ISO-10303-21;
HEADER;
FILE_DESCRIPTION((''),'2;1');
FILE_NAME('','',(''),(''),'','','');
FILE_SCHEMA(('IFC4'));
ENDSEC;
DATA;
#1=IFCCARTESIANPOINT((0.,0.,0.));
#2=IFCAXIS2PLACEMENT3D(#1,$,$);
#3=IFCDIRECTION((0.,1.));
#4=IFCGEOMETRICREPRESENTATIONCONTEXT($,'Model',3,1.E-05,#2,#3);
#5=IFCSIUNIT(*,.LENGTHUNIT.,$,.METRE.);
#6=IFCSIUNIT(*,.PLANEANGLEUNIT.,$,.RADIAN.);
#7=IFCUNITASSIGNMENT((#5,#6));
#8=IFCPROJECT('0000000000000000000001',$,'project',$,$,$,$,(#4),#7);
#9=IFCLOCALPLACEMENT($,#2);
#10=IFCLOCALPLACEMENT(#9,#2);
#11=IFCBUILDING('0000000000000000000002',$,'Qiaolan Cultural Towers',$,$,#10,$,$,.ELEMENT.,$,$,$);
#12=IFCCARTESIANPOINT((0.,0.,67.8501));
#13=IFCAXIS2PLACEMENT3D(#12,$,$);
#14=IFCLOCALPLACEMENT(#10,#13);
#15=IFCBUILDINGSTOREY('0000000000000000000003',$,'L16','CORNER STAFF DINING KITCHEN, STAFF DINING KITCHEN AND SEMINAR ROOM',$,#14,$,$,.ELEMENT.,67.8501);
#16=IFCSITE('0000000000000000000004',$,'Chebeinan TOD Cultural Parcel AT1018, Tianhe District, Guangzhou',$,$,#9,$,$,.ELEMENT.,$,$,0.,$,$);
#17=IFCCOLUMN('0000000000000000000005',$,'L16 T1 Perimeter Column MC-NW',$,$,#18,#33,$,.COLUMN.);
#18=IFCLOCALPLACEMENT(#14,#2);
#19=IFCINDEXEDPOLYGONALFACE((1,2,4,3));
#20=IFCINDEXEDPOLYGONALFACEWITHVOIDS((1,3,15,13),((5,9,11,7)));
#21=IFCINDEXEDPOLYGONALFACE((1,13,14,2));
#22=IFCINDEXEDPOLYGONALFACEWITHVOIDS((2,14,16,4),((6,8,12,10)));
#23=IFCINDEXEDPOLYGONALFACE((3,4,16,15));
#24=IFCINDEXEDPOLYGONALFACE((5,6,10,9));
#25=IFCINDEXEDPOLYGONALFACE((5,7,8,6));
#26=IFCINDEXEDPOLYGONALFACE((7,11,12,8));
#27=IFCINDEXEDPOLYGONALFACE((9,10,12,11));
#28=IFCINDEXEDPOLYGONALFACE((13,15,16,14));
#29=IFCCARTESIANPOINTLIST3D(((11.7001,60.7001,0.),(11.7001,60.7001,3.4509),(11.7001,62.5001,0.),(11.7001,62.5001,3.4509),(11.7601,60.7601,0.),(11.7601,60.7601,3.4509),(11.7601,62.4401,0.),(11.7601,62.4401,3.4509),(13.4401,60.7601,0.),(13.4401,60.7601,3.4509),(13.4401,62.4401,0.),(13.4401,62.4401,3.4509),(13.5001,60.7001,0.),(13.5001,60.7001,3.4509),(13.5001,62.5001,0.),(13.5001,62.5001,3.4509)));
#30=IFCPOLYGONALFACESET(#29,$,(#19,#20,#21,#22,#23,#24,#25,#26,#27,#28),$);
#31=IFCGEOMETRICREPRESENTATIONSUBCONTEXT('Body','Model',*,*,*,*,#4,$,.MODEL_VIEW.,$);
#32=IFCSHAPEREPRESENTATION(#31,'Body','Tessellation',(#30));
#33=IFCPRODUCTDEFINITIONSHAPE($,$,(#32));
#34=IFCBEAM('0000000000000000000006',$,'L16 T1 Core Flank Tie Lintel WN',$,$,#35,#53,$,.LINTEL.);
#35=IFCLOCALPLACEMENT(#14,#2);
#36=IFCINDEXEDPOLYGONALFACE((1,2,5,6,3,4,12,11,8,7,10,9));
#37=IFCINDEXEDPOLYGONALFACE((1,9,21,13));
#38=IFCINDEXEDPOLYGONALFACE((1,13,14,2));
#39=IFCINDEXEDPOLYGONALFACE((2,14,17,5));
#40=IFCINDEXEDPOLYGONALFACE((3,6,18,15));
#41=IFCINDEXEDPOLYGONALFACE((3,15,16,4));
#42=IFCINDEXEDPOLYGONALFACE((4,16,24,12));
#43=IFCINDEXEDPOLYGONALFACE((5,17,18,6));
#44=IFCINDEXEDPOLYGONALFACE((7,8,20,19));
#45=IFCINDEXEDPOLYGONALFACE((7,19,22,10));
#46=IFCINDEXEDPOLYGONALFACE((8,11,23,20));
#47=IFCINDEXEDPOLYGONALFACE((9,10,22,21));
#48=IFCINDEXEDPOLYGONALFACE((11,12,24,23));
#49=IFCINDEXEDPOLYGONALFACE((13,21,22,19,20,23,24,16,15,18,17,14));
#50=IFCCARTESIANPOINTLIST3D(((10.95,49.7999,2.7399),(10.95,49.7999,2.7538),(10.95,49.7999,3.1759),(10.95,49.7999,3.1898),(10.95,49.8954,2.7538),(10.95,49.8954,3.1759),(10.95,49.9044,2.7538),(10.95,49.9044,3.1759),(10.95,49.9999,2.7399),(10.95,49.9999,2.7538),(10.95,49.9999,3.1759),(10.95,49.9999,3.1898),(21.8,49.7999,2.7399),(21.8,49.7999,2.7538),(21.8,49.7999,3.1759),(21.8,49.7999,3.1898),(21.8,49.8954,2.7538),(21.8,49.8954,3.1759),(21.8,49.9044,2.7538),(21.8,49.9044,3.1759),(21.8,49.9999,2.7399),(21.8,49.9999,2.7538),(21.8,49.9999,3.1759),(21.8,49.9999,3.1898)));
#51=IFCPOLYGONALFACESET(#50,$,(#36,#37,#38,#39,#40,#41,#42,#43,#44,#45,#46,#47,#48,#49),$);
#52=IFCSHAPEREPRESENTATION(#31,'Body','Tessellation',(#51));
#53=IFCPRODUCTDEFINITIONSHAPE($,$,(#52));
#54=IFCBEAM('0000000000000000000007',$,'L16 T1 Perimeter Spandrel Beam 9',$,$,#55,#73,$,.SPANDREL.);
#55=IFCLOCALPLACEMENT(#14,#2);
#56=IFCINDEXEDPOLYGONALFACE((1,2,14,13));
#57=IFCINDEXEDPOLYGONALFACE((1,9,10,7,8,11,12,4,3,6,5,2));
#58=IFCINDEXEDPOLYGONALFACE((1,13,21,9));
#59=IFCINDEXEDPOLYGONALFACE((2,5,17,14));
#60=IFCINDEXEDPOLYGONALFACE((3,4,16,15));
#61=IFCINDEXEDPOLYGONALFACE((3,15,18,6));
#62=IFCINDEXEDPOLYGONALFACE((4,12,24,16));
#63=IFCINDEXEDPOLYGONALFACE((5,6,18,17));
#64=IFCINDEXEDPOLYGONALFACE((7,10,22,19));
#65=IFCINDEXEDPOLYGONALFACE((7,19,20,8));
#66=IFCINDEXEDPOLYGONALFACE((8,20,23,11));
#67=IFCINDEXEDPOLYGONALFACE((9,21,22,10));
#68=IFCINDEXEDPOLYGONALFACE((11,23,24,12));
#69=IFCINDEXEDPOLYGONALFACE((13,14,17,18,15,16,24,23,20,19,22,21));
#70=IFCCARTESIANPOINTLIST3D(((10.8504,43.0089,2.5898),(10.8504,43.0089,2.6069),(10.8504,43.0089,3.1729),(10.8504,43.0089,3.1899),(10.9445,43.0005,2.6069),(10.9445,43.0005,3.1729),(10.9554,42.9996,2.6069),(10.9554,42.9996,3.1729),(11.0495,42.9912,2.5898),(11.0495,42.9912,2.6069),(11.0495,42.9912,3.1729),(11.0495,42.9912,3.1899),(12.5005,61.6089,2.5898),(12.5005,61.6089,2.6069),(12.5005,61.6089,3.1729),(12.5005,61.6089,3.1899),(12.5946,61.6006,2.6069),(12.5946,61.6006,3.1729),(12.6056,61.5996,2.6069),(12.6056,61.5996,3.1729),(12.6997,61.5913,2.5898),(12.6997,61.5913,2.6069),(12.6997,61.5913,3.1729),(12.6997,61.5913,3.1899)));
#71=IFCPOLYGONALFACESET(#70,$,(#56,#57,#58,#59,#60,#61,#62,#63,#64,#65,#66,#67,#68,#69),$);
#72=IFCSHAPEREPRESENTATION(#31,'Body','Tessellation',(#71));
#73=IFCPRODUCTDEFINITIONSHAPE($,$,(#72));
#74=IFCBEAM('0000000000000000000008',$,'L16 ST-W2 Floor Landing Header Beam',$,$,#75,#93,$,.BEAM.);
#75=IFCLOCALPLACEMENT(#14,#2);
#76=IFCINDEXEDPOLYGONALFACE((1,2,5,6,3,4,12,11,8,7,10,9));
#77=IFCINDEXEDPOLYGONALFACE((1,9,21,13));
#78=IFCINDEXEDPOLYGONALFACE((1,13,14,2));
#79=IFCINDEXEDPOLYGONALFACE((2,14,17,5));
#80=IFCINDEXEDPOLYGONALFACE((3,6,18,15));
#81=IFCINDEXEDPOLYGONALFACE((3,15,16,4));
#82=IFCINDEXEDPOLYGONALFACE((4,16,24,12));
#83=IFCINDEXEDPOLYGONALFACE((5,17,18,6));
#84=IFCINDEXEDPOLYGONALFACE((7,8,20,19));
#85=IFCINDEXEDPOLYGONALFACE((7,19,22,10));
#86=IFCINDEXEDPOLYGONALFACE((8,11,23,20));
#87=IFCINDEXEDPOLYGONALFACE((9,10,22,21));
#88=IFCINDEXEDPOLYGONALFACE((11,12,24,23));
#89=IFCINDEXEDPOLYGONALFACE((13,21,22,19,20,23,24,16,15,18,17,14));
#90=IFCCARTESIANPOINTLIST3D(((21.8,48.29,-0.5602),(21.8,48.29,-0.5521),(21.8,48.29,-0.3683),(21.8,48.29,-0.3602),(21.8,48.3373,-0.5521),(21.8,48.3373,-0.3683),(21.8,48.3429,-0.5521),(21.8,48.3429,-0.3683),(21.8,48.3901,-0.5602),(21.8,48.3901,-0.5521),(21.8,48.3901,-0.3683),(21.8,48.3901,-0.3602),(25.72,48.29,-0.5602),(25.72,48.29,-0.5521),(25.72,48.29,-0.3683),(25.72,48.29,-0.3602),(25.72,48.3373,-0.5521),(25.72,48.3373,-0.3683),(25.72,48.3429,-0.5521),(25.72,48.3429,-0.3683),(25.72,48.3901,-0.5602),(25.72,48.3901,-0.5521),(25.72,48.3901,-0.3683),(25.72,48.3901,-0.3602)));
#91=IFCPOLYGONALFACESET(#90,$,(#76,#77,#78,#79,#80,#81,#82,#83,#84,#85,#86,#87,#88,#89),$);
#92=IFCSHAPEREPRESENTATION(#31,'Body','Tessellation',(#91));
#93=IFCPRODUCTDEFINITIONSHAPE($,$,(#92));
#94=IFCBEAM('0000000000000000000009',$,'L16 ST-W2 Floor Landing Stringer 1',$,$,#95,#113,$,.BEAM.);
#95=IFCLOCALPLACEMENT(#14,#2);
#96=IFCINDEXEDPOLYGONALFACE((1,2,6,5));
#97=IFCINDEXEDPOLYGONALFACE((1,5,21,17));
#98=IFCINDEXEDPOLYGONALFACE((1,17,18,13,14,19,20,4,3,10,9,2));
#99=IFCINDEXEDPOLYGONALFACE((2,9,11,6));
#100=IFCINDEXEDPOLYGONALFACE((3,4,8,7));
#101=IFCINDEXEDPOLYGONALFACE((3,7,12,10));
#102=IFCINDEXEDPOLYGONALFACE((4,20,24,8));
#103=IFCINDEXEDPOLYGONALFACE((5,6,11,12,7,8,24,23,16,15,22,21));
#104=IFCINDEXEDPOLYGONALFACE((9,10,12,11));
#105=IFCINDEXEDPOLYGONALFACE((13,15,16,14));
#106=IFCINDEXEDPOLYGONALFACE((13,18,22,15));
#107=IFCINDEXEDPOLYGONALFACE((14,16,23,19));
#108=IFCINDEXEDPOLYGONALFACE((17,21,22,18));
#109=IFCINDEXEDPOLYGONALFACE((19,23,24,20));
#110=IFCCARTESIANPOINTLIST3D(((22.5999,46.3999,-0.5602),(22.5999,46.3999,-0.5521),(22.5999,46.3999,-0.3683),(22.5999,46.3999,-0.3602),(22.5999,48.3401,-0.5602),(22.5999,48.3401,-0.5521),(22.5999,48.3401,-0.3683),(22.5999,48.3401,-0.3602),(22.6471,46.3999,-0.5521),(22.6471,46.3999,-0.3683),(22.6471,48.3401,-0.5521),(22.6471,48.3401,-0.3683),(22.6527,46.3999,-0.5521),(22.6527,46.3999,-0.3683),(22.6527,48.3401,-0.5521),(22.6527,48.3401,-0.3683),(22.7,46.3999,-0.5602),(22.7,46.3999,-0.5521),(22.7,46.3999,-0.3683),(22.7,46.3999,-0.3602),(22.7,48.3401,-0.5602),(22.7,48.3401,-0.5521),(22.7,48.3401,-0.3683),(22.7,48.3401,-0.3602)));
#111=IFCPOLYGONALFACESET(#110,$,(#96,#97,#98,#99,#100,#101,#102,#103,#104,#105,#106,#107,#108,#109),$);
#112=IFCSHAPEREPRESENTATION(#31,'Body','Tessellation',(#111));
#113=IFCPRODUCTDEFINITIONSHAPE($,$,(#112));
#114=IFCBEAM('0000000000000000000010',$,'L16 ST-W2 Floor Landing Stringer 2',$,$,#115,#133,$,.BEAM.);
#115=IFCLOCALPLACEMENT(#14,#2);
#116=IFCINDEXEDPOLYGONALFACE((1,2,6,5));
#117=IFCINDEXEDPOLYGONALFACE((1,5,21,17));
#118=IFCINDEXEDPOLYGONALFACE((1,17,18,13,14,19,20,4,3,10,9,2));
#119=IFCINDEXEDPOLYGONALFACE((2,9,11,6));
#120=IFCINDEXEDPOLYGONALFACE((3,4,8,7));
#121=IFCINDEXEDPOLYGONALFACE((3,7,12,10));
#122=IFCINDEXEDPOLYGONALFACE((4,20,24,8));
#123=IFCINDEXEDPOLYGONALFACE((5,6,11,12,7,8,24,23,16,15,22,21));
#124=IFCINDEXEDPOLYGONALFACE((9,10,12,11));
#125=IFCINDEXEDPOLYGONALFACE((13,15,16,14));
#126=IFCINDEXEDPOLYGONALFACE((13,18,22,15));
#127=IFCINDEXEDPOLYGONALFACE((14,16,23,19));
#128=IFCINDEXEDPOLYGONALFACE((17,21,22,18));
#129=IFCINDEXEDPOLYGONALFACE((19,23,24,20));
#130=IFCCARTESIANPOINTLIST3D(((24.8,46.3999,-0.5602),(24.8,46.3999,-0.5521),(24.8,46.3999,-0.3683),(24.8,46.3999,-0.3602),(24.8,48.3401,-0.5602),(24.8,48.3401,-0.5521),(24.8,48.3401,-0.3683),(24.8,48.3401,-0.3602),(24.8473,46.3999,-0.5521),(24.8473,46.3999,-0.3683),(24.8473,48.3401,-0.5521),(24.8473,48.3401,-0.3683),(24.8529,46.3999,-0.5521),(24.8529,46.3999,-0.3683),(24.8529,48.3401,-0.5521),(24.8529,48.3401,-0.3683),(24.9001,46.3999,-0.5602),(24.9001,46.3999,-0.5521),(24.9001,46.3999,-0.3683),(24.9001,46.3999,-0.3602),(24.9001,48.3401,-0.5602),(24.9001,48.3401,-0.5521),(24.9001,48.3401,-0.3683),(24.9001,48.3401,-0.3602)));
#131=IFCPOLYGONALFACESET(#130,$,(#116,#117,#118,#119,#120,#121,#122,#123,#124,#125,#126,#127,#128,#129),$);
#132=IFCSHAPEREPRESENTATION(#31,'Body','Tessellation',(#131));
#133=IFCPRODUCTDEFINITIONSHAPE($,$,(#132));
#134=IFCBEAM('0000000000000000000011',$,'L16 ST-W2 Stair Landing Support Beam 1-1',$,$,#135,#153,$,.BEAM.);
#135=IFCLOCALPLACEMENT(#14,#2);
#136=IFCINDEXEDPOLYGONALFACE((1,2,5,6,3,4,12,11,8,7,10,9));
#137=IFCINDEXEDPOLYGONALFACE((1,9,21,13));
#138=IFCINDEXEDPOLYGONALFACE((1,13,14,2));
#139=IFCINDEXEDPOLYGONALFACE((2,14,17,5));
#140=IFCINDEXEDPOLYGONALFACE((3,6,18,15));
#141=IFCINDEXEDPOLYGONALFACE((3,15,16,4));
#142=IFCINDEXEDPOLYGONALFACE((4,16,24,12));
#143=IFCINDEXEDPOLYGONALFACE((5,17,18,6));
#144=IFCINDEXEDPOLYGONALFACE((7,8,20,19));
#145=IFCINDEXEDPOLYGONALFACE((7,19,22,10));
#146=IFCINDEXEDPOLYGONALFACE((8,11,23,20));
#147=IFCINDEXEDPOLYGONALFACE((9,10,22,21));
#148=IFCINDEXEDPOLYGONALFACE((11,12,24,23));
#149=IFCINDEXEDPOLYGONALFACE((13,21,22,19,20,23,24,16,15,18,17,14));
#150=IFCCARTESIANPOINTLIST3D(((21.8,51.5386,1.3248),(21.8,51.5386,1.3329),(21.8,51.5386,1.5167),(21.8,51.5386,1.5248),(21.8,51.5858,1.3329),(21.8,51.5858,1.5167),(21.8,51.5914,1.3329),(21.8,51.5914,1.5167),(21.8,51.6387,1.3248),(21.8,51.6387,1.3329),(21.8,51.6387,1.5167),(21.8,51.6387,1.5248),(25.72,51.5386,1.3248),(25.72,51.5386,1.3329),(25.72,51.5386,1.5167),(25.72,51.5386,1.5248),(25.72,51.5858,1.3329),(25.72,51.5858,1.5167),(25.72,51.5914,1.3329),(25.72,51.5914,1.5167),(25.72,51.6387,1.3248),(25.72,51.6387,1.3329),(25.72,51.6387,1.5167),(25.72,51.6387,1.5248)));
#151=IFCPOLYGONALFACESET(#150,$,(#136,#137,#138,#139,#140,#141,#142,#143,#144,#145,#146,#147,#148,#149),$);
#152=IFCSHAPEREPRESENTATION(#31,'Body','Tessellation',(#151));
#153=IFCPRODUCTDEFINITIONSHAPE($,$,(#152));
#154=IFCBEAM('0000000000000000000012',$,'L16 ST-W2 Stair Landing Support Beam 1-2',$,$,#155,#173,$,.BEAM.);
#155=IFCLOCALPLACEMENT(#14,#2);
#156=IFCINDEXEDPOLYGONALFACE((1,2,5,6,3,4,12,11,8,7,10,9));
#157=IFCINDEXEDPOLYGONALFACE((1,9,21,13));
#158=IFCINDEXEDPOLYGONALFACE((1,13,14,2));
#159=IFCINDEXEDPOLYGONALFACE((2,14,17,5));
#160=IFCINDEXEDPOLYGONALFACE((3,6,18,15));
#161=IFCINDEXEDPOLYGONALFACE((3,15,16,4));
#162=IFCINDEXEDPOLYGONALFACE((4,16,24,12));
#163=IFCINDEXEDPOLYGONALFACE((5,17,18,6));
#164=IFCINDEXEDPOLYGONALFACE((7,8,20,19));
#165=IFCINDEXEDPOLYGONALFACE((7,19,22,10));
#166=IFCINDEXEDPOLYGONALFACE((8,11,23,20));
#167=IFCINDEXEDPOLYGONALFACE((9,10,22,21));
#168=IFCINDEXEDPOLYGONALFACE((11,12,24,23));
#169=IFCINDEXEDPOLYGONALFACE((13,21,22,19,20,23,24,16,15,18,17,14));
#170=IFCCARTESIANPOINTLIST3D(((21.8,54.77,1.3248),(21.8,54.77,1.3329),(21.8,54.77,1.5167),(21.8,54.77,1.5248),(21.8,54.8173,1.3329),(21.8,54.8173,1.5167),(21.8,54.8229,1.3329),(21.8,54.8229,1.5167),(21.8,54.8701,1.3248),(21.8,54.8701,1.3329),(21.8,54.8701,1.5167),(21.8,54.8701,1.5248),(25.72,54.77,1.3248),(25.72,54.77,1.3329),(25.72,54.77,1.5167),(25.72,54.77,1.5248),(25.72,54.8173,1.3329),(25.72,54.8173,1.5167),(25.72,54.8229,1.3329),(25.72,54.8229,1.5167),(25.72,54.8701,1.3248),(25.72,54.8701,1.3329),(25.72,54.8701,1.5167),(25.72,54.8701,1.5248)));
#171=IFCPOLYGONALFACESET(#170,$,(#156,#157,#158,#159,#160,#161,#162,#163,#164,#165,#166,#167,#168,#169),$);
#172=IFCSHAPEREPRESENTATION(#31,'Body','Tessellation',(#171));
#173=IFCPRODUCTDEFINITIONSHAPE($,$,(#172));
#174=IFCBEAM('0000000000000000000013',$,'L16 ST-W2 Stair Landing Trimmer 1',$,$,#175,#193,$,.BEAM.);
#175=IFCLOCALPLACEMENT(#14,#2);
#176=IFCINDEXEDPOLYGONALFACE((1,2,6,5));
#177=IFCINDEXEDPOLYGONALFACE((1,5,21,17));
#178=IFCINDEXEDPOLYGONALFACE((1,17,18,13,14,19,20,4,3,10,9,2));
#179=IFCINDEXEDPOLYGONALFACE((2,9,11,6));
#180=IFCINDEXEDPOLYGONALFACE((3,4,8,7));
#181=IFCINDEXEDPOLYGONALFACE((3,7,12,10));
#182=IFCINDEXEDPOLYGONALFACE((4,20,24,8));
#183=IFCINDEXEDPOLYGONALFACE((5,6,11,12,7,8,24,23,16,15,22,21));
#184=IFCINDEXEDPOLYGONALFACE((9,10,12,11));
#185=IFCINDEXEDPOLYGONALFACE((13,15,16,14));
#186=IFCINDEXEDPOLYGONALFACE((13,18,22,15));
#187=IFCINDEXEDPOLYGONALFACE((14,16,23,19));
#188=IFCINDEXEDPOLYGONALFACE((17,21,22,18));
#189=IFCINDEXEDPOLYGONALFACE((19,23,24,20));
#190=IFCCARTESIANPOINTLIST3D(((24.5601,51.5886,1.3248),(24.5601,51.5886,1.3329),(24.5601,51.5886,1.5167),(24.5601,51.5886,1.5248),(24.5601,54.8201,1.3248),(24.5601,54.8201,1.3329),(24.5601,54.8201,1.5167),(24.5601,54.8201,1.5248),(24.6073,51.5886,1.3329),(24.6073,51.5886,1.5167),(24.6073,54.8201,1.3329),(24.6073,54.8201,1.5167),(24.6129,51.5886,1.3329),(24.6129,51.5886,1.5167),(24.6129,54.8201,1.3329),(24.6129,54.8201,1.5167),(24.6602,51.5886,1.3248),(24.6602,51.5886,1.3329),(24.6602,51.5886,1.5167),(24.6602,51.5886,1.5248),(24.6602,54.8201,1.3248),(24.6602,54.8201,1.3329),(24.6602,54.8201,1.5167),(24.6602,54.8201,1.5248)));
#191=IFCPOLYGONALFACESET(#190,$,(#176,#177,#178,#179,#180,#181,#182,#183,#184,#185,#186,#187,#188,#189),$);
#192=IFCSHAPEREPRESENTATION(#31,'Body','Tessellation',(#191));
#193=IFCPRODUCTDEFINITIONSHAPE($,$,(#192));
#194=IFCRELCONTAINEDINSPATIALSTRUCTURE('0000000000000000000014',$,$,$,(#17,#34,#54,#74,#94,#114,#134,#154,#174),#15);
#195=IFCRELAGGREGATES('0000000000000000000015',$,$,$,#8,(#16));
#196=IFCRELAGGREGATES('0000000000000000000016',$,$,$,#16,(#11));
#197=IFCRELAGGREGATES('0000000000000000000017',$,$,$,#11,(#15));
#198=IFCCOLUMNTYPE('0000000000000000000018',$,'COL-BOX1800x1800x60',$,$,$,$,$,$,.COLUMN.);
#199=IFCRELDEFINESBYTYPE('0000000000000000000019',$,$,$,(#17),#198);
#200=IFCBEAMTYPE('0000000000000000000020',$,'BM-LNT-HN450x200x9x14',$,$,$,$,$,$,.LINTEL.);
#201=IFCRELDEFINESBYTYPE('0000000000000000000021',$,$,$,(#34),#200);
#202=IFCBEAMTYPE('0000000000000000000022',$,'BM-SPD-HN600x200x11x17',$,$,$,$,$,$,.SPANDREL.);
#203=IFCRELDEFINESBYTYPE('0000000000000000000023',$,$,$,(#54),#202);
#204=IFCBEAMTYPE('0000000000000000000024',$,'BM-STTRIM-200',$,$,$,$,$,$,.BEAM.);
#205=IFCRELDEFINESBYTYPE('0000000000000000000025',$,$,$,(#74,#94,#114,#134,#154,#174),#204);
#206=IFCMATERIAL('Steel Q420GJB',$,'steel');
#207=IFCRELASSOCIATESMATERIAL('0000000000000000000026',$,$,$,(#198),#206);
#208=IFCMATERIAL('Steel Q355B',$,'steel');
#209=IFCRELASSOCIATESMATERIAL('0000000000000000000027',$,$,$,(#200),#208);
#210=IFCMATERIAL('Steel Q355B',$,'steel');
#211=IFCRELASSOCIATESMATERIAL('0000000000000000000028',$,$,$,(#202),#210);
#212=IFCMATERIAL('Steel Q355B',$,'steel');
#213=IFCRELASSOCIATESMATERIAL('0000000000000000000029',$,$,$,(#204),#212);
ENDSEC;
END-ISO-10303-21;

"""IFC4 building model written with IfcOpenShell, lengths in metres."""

from ifc_helpers import new_model, si_unit, direction, frame, origin, origin_2d, place, context, subcontext, project, spatial, hollow_rectangle, i_section, extrude, material, material_profile, profile_set, type_object, element, save


model = new_model("IFC4")

# Units and contexts
model_context = context("Model", 3, precision=1e-05, world=origin(), true_north=direction((0.0, 1.0)))
body_context = subcontext(model_context, "Body", "Model", "MODEL_VIEW")
ifc_project = project(units=[si_unit("LENGTHUNIT", "METRE"), si_unit("PLANEANGLEUNIT", "RADIAN")], contexts=[model_context])

# Site, building, storey
site_placement = place(None, origin())
site = spatial("IfcSite", under=ifc_project, at=site_placement, Name="Chebeinan TOD Cultural Parcel AT1018, Tianhe District, Guangzhou", CompositionType="ELEMENT", RefElevation=0.0)
building_placement = place(site_placement, origin())
building = spatial("IfcBuilding", under=site, at=building_placement, Name="Qiaolan Cultural Towers", CompositionType="ELEMENT")
storey_placement = place(building_placement, frame((0.0, 0.0, 67.8501)))
storey = spatial("IfcBuildingStorey", under=building, at=storey_placement, Name="L16", Description="CORNER STAFF DINING KITCHEN, STAFF DINING KITCHEN AND SEMINAR ROOM", CompositionType="ELEMENT", Elevation=67.8501)

# Column
ifc_material_1 = material(Name="Steel Q420GJB", Category="steel")
ifc_material_profile_1 = material_profile(ifc_material_1, hollow_rectangle(XDim=1.8, YDim=1.8, WallThickness=0.0601, at=origin_2d()), Name="BOX1800x1800x60")
ifc_profile_set_1 = profile_set([ifc_material_profile_1], Name="Steel Q420GJB")
column_type = type_object("IfcColumnType", Name="COL-BOX1800x1800x60", PredefinedType="COLUMN", material=ifc_profile_set_1)
column_placement = place(storey_placement, frame((12.6001, 61.6001, 0.0), z_axis=(0.0, 0.0, 1.0), x_axis=(1.0, 0.0, 0.0)))
element("IfcColumn", 1, at=column_placement, inside=storey, type_object=column_type, Name="L16 T1 Perimeter Column MC-NW", PredefinedType="COLUMN", context=body_context, shape_type="SweptSolid", body=[
    extrude(hollow_rectangle(XDim=1.8, YDim=1.8, WallThickness=0.0601, at=origin_2d()), origin(), (0.0, 0.0, 1.0), 3.4509),
])

# Beams
ifc_material_2 = material(Name="Steel Q355B", Category="steel")
ifc_material_profile_2 = material_profile(ifc_material_2, i_section(OverallWidth=0.2, OverallDepth=0.45, WebThickness=0.009, FlangeThickness=0.0139, at=origin_2d()), Name="HN450x200x9x14")
ifc_profile_set_2 = profile_set([ifc_material_profile_2], Name="Steel Q355B")
beam_type_1 = type_object("IfcBeamType", Name="BM-LNT-HN450x200x9x14", PredefinedType="LINTEL", material=ifc_profile_set_2)
beam_1_placement = place(storey_placement, frame((21.8, 49.8999, 2.9648), z_axis=(-1.0, 0.0, 0.0), x_axis=(0.0, -1.0, 0.0)))
element("IfcBeam", 2, at=beam_1_placement, inside=storey, type_object=beam_type_1, Name="L16 T1 Core Flank Tie Lintel WN", PredefinedType="LINTEL", context=body_context, shape_type="SweptSolid", body=[
    extrude(i_section(OverallWidth=0.2, OverallDepth=0.45, WebThickness=0.009, FlangeThickness=0.0139, at=origin_2d()), origin(), (0.0, 0.0, 1.0), 10.8501),
])
ifc_material_3 = material(Name="Steel Q355B", Category="steel")
ifc_material_profile_3 = material_profile(ifc_material_3, i_section(OverallWidth=0.2, OverallDepth=0.6001, WebThickness=0.011, FlangeThickness=0.0171, at=origin_2d()), Name="HN600x200x11x17")
ifc_profile_set_3 = profile_set([ifc_material_profile_3], Name="Steel Q355B")
beam_type_2 = type_object("IfcBeamType", Name="BM-SPD-HN600x200x11x17", PredefinedType="SPANDREL", material=ifc_profile_set_3)
beam_2_placement = place(storey_placement, frame((12.6001, 61.6001, 2.8899), z_axis=(-0.08837, -0.996088, 0.0), x_axis=(0.996088, -0.08837, 0.0)))
element("IfcBeam", 3, at=beam_2_placement, inside=storey, type_object=beam_type_2, Name="L16 T1 Perimeter Spandrel Beam 9", PredefinedType="SPANDREL", context=body_context, shape_type="SweptSolid", body=[
    extrude(i_section(OverallWidth=0.2, OverallDepth=0.6001, WebThickness=0.011, FlangeThickness=0.0171, at=origin_2d()), origin(), (0.0, 0.0, 1.0), 18.6731),
])
ifc_material_4 = material(Name="Steel Q355B", Category="steel")
ifc_material_profile_4 = material_profile(ifc_material_4, i_section(OverallWidth=0.1001, OverallDepth=0.2, WebThickness=0.0056, FlangeThickness=0.0081, at=origin_2d()), Name="HN200x100x5.5x8")
ifc_profile_set_4 = profile_set([ifc_material_profile_4], Name="Steel Q355B")
beam_type_3 = type_object("IfcBeamType", Name="BM-STTRIM-200", PredefinedType="BEAM", material=ifc_profile_set_4)
beam_3_placement = place(storey_placement, frame((21.8, 48.3401, -0.4602), z_axis=(1.0, 0.0, 0.0), x_axis=(0.0, 1.0, 0.0)))
element("IfcBeam", 4, at=beam_3_placement, inside=storey, type_object=beam_type_3, Name="L16 ST-W2 Floor Landing Header Beam", PredefinedType="BEAM", context=body_context, shape_type="SweptSolid", body=[
    extrude(i_section(OverallWidth=0.1001, OverallDepth=0.2, WebThickness=0.0056, FlangeThickness=0.0081, at=origin_2d()), origin(), (0.0, 0.0, 1.0), 3.9199),
])
for number, where, z_axis, x_axis, name in (
    (5, (22.6499, 46.3999, -0.4602), (0.0, 1.0, 0.0), (-1.0, 0.0, 0.0), "L16 ST-W2 Floor Landing Stringer 1"),
    (6, (24.8501, 46.3999, -0.4602), (0.0, 1.0, 0.0), (-1.0, 0.0, 0.0), "L16 ST-W2 Floor Landing Stringer 2"),
):
    element("IfcBeam", number, at=place(storey_placement, frame(where, z_axis=z_axis, x_axis=x_axis)), inside=storey, type_object=beam_type_3, Name=name, PredefinedType="BEAM", context=body_context, shape_type="SweptSolid", body=[
        extrude(i_section(OverallWidth=0.1001, OverallDepth=0.2, WebThickness=0.0056, FlangeThickness=0.0081, at=origin_2d()), origin(), (0.0, 0.0, 1.0), 1.9402),
    ])
for number, where, z_axis, x_axis, name in (
    (7, (21.8, 51.5886, 1.4248), (1.0, 0.0, 0.0), (0.0, 1.0, 0.0), "L16 ST-W2 Stair Landing Support Beam 1-1"),
    (8, (21.8, 54.8201, 1.4248), (1.0, 0.0, 0.0), (0.0, 1.0, 0.0), "L16 ST-W2 Stair Landing Support Beam 1-2"),
):
    element("IfcBeam", number, at=place(storey_placement, frame(where, z_axis=z_axis, x_axis=x_axis)), inside=storey, type_object=beam_type_3, Name=name, PredefinedType="BEAM", context=body_context, shape_type="SweptSolid", body=[
        extrude(i_section(OverallWidth=0.1001, OverallDepth=0.2, WebThickness=0.0056, FlangeThickness=0.0081, at=origin_2d()), origin(), (0.0, 0.0, 1.0), 3.9199),
    ])
beam_4_placement = place(storey_placement, frame((24.6101, 51.5886, 1.4248), z_axis=(0.0, 1.0, 0.0), x_axis=(-1.0, 0.0, 0.0)))
element("IfcBeam", 9, at=beam_4_placement, inside=storey, type_object=beam_type_3, Name="L16 ST-W2 Stair Landing Trimmer 1", PredefinedType="BEAM", context=body_context, shape_type="SweptSolid", body=[
    extrude(i_section(OverallWidth=0.1001, OverallDepth=0.2, WebThickness=0.0056, FlangeThickness=0.0081, at=origin_2d()), origin(), (0.0, 0.0, 1.0), 3.2314),
])

save(model, "model.ifc")
